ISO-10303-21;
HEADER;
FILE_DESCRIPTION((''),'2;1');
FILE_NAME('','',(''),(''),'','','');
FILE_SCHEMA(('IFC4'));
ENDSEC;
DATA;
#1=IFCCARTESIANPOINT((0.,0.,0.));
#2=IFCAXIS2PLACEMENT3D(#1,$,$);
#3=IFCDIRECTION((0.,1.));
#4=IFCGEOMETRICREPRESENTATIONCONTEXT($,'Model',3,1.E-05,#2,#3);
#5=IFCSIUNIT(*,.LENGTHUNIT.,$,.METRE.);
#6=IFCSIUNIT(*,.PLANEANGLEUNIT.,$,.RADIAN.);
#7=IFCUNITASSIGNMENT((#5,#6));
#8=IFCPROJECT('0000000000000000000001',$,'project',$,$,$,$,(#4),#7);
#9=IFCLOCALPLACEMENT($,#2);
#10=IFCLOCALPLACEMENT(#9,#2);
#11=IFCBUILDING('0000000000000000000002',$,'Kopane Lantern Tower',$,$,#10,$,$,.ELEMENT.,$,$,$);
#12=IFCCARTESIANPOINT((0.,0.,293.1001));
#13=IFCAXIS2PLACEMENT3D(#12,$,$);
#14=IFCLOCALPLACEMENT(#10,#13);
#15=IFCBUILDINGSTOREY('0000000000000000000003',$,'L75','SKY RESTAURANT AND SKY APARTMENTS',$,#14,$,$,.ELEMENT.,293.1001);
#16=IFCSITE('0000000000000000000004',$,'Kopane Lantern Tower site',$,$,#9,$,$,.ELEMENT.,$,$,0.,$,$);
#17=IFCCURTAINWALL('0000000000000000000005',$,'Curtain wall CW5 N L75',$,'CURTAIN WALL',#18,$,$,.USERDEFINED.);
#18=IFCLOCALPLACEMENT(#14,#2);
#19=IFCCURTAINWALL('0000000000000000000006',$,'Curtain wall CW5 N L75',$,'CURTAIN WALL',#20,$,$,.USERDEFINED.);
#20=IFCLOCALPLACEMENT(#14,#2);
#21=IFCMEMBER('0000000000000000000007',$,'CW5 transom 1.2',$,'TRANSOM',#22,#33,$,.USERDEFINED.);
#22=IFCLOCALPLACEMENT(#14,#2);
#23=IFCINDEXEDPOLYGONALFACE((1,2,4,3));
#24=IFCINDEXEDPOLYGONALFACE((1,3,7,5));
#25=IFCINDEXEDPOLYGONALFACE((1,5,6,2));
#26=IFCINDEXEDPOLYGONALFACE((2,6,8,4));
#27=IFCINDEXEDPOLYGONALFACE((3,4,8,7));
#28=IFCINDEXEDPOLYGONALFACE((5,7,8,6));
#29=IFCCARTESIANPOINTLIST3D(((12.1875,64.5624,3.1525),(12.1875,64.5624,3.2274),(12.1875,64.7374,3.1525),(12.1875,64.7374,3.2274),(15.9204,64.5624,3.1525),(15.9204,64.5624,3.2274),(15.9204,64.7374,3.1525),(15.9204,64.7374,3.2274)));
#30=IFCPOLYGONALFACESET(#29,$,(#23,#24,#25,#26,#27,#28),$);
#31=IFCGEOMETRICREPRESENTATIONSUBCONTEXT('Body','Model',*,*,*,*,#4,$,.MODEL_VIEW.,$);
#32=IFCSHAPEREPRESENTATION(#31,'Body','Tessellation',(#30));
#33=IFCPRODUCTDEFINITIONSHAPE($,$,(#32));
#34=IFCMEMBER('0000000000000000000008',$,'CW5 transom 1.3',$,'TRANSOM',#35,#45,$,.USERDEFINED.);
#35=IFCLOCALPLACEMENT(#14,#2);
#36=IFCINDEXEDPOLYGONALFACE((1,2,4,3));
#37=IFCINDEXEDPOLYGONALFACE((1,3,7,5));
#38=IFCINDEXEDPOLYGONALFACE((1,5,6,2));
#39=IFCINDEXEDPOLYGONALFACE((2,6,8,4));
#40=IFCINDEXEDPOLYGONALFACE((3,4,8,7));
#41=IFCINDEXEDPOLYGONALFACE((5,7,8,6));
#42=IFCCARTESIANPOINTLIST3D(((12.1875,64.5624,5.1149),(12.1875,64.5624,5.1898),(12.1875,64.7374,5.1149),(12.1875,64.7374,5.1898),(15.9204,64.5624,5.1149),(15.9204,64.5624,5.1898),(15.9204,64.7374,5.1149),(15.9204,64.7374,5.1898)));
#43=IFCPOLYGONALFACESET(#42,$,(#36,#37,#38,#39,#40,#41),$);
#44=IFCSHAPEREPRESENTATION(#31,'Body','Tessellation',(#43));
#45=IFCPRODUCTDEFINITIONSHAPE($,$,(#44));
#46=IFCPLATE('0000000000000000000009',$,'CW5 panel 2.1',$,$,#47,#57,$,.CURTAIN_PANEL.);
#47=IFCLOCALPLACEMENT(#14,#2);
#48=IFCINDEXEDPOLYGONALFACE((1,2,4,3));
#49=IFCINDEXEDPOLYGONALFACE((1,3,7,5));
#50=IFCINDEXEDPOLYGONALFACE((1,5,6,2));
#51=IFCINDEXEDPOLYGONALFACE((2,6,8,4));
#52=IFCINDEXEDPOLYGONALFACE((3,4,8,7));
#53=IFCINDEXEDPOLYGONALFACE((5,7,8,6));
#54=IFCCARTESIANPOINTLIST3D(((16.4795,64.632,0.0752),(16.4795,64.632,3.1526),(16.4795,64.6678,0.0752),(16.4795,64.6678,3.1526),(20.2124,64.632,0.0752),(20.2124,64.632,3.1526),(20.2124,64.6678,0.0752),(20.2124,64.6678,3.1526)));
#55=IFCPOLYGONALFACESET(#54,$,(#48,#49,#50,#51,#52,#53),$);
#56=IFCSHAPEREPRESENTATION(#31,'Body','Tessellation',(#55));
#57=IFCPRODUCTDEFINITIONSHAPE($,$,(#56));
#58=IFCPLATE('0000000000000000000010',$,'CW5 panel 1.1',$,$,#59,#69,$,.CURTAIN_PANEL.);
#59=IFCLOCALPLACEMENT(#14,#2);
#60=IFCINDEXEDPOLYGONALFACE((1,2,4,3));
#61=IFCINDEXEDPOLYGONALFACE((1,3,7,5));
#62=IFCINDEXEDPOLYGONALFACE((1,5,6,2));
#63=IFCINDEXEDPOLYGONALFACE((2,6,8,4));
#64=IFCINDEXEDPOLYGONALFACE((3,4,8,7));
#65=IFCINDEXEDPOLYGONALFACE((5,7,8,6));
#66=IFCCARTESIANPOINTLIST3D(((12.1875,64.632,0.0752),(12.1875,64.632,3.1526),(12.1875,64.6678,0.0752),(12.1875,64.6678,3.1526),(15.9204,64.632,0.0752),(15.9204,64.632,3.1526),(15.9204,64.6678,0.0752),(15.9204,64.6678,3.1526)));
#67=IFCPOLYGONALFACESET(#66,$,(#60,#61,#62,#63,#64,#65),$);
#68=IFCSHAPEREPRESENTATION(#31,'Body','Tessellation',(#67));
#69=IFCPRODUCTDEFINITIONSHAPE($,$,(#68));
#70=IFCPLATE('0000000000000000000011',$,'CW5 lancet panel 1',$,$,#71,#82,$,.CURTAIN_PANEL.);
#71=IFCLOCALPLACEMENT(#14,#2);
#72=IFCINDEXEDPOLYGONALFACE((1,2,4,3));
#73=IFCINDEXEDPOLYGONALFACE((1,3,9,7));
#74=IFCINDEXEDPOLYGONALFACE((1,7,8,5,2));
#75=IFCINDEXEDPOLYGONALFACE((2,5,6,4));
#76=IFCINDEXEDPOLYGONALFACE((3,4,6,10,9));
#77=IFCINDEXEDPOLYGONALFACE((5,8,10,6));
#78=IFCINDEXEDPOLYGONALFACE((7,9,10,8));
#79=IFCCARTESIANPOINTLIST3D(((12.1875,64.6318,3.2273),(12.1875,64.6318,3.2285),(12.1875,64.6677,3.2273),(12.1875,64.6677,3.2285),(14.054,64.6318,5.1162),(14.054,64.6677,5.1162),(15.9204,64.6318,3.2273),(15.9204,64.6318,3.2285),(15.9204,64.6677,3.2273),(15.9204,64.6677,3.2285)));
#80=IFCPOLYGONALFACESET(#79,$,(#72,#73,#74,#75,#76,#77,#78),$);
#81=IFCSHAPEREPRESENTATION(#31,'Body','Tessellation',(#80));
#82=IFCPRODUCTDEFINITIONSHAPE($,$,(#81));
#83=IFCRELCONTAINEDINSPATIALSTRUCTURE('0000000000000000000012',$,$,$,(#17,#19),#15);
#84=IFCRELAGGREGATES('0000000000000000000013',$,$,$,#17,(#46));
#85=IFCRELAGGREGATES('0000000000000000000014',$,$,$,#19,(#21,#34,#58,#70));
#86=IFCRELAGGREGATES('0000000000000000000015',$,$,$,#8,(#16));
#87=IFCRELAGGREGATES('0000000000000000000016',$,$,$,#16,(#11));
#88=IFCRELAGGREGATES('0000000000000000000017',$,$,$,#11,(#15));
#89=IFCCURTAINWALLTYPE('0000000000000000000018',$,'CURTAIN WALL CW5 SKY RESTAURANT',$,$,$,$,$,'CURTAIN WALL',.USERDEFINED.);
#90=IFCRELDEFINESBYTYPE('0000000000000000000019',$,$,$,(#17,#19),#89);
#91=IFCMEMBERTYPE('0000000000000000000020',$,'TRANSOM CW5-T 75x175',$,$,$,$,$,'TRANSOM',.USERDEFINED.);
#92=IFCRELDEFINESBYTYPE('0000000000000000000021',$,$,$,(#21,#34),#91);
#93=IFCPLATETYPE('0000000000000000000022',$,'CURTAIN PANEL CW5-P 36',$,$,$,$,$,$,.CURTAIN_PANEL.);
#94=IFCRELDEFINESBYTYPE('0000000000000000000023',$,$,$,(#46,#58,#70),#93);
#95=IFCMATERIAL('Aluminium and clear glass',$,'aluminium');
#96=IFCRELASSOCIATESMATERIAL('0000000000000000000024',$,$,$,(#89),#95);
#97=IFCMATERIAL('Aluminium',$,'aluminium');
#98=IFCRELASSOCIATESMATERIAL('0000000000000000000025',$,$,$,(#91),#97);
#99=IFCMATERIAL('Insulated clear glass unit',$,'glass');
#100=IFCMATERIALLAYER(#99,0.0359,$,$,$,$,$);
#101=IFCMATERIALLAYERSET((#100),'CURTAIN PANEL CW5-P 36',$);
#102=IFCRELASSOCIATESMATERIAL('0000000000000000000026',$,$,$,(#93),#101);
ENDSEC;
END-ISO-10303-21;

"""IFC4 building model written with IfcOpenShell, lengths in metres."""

from ifc_helpers import new_model, si_unit, direction, frame, origin, origin_2d, place, context, subcontext, project, spatial, polyline, rectangle, outline, extrude, material, layer, layer_set, material_profile, profile_set, type_object, element, aggregate, save


model = new_model("IFC4")

# Units and contexts
model_context = context("Model", 3, precision=1e-05, world=origin(), true_north=direction((0.0, 1.0)))
body_context = subcontext(model_context, "Body", "Model", "MODEL_VIEW")
ifc_project = project(units=[si_unit("LENGTHUNIT", "METRE"), si_unit("PLANEANGLEUNIT", "RADIAN")], contexts=[model_context])

# Site, building, storey
site_placement = place(None, origin())
site = spatial("IfcSite", under=ifc_project, at=site_placement, Name="Kopane Lantern Tower site", CompositionType="ELEMENT", RefElevation=0.0)
building_placement = place(site_placement, origin())
building = spatial("IfcBuilding", under=site, at=building_placement, Name="Kopane Lantern Tower", CompositionType="ELEMENT")
storey_placement = place(building_placement, frame((0.0, 0.0, 293.1001)))
storey = spatial("IfcBuildingStorey", under=building, at=storey_placement, Name="L75", Description="SKY RESTAURANT AND SKY APARTMENTS", CompositionType="ELEMENT", Elevation=293.1001)

# Curtain walls, members
ifc_material_1 = material(Name="Aluminium and clear glass", Category="aluminium")
curtain_wall_type = type_object("IfcCurtainWallType", Name="CURTAIN WALL CW5 SKY RESTAURANT", ElementType="CURTAIN WALL", PredefinedType="USERDEFINED", material=ifc_material_1)
curtain_wall_1_placement = place(storey_placement, origin())
curtain_wall_1 = element("IfcCurtainWall", 1, at=curtain_wall_1_placement, inside=storey, type_object=curtain_wall_type, Name="Curtain wall CW5 N L75", ObjectType="CURTAIN WALL", PredefinedType="USERDEFINED")
curtain_wall_2_placement = place(storey_placement, origin())
curtain_wall_2 = element("IfcCurtainWall", 2, at=curtain_wall_2_placement, inside=storey, type_object=curtain_wall_type, Name="Curtain wall CW5 N L75", ObjectType="CURTAIN WALL", PredefinedType="USERDEFINED")
ifc_material_2 = material(Name="Aluminium", Category="aluminium")
ifc_material_profile_1 = material_profile(ifc_material_2, rectangle(XDim=0.175, YDim=0.075, at=origin_2d()), Name="AL 175x75")
ifc_profile_set_1 = profile_set([ifc_material_profile_1], Name="Aluminium")
member_type_1 = type_object("IfcMemberType", Name="TRANSOM CW5-T 75x175", ElementType="TRANSOM", PredefinedType="USERDEFINED", material=ifc_profile_set_1)
member_1_placement = place(storey_placement, frame((15.9204, 64.6499, 3.1899), z_axis=(-1.0, 0.0, 0.0), x_axis=(0.0, -1.0, 0.0)))
member_1 = element("IfcMember", 3, at=member_1_placement, type_object=member_type_1, Name="CW5 transom 1.2", ObjectType="TRANSOM", PredefinedType="USERDEFINED", context=body_context, shape_type="SweptSolid", body=[
    extrude(rectangle(XDim=0.175, YDim=0.075, at=origin_2d()), origin(), (0.0, 0.0, 1.0), 3.7329),
])
member_2_placement = place(storey_placement, frame((15.9204, 64.6499, 5.1523), z_axis=(-1.0, 0.0, 0.0), x_axis=(0.0, -1.0, 0.0)))
member_2 = element("IfcMember", 4, at=member_2_placement, type_object=member_type_1, Name="CW5 transom 1.3", ObjectType="TRANSOM", PredefinedType="USERDEFINED", context=body_context, shape_type="SweptSolid", body=[
    extrude(rectangle(XDim=0.175, YDim=0.075, at=origin_2d()), origin(), (0.0, 0.0, 1.0), 3.7329),
])

# Plates
ifc_material_3 = material(Name="Insulated clear glass unit", Category="glass")
ifc_layer = layer(ifc_material_3, 0.0359)
ifc_layer_set = layer_set([ifc_layer], Name="CURTAIN PANEL CW5-P 36")
plate_type = type_object("IfcPlateType", Name="CURTAIN PANEL CW5-P 36", PredefinedType="CURTAIN_PANEL", material=ifc_layer_set)
plate_1_placement = place(storey_placement, frame((18.3459, 64.6499, 0.0752), z_axis=(0.0, 0.0, 1.0), x_axis=(-1.0, 0.0, 0.0)))
plate_1 = element("IfcPlate", 5, at=plate_1_placement, type_object=plate_type, Name="CW5 panel 2.1", PredefinedType="CURTAIN_PANEL", context=body_context, shape_type="SweptSolid", body=[
    extrude(rectangle(XDim=3.7329, YDim=0.0359, at=origin_2d()), origin(), (0.0, 0.0, 1.0), 3.0774),
])
aggregate(curtain_wall_1, [plate_1])
plate_2_placement = place(storey_placement, frame((14.054, 64.6499, 0.0752), z_axis=(0.0, 0.0, 1.0), x_axis=(-1.0, 0.0, 0.0)))
plate_2 = element("IfcPlate", 6, at=plate_2_placement, type_object=plate_type, Name="CW5 panel 1.1", PredefinedType="CURTAIN_PANEL", context=body_context, shape_type="SweptSolid", body=[
    extrude(rectangle(XDim=3.7329, YDim=0.0359, at=origin_2d()), origin(), (0.0, 0.0, 1.0), 3.0774),
])
plate_3_placement = place(storey_placement, frame((15.9204, 64.6499, 3.2273), z_axis=(0.0, 0.0, 1.0), x_axis=(-1.0, 0.0, 0.0)))
plate_3 = element("IfcPlate", 7, at=plate_3_placement, type_object=plate_type, Name="CW5 lancet panel 1", PredefinedType="CURTAIN_PANEL", context=body_context, shape_type="SweptSolid", body=[
    extrude(outline(polyline([(0.0, 0.0), (3.7329, 0.0), (3.7329, 0.0012), (1.8665, 1.8889), (0.0, 0.0012), (0.0, 0.0)])), frame((0.0, 0.0181, 0.0), z_axis=(0.0, -1.0, 0.0), x_axis=(1.0, 0.0, 0.0)), (0.0, 0.0, 1.0), 0.0359),
])
aggregate(curtain_wall_2, [member_1, member_2, plate_2, plate_3])

save(model, "model.ifc")
